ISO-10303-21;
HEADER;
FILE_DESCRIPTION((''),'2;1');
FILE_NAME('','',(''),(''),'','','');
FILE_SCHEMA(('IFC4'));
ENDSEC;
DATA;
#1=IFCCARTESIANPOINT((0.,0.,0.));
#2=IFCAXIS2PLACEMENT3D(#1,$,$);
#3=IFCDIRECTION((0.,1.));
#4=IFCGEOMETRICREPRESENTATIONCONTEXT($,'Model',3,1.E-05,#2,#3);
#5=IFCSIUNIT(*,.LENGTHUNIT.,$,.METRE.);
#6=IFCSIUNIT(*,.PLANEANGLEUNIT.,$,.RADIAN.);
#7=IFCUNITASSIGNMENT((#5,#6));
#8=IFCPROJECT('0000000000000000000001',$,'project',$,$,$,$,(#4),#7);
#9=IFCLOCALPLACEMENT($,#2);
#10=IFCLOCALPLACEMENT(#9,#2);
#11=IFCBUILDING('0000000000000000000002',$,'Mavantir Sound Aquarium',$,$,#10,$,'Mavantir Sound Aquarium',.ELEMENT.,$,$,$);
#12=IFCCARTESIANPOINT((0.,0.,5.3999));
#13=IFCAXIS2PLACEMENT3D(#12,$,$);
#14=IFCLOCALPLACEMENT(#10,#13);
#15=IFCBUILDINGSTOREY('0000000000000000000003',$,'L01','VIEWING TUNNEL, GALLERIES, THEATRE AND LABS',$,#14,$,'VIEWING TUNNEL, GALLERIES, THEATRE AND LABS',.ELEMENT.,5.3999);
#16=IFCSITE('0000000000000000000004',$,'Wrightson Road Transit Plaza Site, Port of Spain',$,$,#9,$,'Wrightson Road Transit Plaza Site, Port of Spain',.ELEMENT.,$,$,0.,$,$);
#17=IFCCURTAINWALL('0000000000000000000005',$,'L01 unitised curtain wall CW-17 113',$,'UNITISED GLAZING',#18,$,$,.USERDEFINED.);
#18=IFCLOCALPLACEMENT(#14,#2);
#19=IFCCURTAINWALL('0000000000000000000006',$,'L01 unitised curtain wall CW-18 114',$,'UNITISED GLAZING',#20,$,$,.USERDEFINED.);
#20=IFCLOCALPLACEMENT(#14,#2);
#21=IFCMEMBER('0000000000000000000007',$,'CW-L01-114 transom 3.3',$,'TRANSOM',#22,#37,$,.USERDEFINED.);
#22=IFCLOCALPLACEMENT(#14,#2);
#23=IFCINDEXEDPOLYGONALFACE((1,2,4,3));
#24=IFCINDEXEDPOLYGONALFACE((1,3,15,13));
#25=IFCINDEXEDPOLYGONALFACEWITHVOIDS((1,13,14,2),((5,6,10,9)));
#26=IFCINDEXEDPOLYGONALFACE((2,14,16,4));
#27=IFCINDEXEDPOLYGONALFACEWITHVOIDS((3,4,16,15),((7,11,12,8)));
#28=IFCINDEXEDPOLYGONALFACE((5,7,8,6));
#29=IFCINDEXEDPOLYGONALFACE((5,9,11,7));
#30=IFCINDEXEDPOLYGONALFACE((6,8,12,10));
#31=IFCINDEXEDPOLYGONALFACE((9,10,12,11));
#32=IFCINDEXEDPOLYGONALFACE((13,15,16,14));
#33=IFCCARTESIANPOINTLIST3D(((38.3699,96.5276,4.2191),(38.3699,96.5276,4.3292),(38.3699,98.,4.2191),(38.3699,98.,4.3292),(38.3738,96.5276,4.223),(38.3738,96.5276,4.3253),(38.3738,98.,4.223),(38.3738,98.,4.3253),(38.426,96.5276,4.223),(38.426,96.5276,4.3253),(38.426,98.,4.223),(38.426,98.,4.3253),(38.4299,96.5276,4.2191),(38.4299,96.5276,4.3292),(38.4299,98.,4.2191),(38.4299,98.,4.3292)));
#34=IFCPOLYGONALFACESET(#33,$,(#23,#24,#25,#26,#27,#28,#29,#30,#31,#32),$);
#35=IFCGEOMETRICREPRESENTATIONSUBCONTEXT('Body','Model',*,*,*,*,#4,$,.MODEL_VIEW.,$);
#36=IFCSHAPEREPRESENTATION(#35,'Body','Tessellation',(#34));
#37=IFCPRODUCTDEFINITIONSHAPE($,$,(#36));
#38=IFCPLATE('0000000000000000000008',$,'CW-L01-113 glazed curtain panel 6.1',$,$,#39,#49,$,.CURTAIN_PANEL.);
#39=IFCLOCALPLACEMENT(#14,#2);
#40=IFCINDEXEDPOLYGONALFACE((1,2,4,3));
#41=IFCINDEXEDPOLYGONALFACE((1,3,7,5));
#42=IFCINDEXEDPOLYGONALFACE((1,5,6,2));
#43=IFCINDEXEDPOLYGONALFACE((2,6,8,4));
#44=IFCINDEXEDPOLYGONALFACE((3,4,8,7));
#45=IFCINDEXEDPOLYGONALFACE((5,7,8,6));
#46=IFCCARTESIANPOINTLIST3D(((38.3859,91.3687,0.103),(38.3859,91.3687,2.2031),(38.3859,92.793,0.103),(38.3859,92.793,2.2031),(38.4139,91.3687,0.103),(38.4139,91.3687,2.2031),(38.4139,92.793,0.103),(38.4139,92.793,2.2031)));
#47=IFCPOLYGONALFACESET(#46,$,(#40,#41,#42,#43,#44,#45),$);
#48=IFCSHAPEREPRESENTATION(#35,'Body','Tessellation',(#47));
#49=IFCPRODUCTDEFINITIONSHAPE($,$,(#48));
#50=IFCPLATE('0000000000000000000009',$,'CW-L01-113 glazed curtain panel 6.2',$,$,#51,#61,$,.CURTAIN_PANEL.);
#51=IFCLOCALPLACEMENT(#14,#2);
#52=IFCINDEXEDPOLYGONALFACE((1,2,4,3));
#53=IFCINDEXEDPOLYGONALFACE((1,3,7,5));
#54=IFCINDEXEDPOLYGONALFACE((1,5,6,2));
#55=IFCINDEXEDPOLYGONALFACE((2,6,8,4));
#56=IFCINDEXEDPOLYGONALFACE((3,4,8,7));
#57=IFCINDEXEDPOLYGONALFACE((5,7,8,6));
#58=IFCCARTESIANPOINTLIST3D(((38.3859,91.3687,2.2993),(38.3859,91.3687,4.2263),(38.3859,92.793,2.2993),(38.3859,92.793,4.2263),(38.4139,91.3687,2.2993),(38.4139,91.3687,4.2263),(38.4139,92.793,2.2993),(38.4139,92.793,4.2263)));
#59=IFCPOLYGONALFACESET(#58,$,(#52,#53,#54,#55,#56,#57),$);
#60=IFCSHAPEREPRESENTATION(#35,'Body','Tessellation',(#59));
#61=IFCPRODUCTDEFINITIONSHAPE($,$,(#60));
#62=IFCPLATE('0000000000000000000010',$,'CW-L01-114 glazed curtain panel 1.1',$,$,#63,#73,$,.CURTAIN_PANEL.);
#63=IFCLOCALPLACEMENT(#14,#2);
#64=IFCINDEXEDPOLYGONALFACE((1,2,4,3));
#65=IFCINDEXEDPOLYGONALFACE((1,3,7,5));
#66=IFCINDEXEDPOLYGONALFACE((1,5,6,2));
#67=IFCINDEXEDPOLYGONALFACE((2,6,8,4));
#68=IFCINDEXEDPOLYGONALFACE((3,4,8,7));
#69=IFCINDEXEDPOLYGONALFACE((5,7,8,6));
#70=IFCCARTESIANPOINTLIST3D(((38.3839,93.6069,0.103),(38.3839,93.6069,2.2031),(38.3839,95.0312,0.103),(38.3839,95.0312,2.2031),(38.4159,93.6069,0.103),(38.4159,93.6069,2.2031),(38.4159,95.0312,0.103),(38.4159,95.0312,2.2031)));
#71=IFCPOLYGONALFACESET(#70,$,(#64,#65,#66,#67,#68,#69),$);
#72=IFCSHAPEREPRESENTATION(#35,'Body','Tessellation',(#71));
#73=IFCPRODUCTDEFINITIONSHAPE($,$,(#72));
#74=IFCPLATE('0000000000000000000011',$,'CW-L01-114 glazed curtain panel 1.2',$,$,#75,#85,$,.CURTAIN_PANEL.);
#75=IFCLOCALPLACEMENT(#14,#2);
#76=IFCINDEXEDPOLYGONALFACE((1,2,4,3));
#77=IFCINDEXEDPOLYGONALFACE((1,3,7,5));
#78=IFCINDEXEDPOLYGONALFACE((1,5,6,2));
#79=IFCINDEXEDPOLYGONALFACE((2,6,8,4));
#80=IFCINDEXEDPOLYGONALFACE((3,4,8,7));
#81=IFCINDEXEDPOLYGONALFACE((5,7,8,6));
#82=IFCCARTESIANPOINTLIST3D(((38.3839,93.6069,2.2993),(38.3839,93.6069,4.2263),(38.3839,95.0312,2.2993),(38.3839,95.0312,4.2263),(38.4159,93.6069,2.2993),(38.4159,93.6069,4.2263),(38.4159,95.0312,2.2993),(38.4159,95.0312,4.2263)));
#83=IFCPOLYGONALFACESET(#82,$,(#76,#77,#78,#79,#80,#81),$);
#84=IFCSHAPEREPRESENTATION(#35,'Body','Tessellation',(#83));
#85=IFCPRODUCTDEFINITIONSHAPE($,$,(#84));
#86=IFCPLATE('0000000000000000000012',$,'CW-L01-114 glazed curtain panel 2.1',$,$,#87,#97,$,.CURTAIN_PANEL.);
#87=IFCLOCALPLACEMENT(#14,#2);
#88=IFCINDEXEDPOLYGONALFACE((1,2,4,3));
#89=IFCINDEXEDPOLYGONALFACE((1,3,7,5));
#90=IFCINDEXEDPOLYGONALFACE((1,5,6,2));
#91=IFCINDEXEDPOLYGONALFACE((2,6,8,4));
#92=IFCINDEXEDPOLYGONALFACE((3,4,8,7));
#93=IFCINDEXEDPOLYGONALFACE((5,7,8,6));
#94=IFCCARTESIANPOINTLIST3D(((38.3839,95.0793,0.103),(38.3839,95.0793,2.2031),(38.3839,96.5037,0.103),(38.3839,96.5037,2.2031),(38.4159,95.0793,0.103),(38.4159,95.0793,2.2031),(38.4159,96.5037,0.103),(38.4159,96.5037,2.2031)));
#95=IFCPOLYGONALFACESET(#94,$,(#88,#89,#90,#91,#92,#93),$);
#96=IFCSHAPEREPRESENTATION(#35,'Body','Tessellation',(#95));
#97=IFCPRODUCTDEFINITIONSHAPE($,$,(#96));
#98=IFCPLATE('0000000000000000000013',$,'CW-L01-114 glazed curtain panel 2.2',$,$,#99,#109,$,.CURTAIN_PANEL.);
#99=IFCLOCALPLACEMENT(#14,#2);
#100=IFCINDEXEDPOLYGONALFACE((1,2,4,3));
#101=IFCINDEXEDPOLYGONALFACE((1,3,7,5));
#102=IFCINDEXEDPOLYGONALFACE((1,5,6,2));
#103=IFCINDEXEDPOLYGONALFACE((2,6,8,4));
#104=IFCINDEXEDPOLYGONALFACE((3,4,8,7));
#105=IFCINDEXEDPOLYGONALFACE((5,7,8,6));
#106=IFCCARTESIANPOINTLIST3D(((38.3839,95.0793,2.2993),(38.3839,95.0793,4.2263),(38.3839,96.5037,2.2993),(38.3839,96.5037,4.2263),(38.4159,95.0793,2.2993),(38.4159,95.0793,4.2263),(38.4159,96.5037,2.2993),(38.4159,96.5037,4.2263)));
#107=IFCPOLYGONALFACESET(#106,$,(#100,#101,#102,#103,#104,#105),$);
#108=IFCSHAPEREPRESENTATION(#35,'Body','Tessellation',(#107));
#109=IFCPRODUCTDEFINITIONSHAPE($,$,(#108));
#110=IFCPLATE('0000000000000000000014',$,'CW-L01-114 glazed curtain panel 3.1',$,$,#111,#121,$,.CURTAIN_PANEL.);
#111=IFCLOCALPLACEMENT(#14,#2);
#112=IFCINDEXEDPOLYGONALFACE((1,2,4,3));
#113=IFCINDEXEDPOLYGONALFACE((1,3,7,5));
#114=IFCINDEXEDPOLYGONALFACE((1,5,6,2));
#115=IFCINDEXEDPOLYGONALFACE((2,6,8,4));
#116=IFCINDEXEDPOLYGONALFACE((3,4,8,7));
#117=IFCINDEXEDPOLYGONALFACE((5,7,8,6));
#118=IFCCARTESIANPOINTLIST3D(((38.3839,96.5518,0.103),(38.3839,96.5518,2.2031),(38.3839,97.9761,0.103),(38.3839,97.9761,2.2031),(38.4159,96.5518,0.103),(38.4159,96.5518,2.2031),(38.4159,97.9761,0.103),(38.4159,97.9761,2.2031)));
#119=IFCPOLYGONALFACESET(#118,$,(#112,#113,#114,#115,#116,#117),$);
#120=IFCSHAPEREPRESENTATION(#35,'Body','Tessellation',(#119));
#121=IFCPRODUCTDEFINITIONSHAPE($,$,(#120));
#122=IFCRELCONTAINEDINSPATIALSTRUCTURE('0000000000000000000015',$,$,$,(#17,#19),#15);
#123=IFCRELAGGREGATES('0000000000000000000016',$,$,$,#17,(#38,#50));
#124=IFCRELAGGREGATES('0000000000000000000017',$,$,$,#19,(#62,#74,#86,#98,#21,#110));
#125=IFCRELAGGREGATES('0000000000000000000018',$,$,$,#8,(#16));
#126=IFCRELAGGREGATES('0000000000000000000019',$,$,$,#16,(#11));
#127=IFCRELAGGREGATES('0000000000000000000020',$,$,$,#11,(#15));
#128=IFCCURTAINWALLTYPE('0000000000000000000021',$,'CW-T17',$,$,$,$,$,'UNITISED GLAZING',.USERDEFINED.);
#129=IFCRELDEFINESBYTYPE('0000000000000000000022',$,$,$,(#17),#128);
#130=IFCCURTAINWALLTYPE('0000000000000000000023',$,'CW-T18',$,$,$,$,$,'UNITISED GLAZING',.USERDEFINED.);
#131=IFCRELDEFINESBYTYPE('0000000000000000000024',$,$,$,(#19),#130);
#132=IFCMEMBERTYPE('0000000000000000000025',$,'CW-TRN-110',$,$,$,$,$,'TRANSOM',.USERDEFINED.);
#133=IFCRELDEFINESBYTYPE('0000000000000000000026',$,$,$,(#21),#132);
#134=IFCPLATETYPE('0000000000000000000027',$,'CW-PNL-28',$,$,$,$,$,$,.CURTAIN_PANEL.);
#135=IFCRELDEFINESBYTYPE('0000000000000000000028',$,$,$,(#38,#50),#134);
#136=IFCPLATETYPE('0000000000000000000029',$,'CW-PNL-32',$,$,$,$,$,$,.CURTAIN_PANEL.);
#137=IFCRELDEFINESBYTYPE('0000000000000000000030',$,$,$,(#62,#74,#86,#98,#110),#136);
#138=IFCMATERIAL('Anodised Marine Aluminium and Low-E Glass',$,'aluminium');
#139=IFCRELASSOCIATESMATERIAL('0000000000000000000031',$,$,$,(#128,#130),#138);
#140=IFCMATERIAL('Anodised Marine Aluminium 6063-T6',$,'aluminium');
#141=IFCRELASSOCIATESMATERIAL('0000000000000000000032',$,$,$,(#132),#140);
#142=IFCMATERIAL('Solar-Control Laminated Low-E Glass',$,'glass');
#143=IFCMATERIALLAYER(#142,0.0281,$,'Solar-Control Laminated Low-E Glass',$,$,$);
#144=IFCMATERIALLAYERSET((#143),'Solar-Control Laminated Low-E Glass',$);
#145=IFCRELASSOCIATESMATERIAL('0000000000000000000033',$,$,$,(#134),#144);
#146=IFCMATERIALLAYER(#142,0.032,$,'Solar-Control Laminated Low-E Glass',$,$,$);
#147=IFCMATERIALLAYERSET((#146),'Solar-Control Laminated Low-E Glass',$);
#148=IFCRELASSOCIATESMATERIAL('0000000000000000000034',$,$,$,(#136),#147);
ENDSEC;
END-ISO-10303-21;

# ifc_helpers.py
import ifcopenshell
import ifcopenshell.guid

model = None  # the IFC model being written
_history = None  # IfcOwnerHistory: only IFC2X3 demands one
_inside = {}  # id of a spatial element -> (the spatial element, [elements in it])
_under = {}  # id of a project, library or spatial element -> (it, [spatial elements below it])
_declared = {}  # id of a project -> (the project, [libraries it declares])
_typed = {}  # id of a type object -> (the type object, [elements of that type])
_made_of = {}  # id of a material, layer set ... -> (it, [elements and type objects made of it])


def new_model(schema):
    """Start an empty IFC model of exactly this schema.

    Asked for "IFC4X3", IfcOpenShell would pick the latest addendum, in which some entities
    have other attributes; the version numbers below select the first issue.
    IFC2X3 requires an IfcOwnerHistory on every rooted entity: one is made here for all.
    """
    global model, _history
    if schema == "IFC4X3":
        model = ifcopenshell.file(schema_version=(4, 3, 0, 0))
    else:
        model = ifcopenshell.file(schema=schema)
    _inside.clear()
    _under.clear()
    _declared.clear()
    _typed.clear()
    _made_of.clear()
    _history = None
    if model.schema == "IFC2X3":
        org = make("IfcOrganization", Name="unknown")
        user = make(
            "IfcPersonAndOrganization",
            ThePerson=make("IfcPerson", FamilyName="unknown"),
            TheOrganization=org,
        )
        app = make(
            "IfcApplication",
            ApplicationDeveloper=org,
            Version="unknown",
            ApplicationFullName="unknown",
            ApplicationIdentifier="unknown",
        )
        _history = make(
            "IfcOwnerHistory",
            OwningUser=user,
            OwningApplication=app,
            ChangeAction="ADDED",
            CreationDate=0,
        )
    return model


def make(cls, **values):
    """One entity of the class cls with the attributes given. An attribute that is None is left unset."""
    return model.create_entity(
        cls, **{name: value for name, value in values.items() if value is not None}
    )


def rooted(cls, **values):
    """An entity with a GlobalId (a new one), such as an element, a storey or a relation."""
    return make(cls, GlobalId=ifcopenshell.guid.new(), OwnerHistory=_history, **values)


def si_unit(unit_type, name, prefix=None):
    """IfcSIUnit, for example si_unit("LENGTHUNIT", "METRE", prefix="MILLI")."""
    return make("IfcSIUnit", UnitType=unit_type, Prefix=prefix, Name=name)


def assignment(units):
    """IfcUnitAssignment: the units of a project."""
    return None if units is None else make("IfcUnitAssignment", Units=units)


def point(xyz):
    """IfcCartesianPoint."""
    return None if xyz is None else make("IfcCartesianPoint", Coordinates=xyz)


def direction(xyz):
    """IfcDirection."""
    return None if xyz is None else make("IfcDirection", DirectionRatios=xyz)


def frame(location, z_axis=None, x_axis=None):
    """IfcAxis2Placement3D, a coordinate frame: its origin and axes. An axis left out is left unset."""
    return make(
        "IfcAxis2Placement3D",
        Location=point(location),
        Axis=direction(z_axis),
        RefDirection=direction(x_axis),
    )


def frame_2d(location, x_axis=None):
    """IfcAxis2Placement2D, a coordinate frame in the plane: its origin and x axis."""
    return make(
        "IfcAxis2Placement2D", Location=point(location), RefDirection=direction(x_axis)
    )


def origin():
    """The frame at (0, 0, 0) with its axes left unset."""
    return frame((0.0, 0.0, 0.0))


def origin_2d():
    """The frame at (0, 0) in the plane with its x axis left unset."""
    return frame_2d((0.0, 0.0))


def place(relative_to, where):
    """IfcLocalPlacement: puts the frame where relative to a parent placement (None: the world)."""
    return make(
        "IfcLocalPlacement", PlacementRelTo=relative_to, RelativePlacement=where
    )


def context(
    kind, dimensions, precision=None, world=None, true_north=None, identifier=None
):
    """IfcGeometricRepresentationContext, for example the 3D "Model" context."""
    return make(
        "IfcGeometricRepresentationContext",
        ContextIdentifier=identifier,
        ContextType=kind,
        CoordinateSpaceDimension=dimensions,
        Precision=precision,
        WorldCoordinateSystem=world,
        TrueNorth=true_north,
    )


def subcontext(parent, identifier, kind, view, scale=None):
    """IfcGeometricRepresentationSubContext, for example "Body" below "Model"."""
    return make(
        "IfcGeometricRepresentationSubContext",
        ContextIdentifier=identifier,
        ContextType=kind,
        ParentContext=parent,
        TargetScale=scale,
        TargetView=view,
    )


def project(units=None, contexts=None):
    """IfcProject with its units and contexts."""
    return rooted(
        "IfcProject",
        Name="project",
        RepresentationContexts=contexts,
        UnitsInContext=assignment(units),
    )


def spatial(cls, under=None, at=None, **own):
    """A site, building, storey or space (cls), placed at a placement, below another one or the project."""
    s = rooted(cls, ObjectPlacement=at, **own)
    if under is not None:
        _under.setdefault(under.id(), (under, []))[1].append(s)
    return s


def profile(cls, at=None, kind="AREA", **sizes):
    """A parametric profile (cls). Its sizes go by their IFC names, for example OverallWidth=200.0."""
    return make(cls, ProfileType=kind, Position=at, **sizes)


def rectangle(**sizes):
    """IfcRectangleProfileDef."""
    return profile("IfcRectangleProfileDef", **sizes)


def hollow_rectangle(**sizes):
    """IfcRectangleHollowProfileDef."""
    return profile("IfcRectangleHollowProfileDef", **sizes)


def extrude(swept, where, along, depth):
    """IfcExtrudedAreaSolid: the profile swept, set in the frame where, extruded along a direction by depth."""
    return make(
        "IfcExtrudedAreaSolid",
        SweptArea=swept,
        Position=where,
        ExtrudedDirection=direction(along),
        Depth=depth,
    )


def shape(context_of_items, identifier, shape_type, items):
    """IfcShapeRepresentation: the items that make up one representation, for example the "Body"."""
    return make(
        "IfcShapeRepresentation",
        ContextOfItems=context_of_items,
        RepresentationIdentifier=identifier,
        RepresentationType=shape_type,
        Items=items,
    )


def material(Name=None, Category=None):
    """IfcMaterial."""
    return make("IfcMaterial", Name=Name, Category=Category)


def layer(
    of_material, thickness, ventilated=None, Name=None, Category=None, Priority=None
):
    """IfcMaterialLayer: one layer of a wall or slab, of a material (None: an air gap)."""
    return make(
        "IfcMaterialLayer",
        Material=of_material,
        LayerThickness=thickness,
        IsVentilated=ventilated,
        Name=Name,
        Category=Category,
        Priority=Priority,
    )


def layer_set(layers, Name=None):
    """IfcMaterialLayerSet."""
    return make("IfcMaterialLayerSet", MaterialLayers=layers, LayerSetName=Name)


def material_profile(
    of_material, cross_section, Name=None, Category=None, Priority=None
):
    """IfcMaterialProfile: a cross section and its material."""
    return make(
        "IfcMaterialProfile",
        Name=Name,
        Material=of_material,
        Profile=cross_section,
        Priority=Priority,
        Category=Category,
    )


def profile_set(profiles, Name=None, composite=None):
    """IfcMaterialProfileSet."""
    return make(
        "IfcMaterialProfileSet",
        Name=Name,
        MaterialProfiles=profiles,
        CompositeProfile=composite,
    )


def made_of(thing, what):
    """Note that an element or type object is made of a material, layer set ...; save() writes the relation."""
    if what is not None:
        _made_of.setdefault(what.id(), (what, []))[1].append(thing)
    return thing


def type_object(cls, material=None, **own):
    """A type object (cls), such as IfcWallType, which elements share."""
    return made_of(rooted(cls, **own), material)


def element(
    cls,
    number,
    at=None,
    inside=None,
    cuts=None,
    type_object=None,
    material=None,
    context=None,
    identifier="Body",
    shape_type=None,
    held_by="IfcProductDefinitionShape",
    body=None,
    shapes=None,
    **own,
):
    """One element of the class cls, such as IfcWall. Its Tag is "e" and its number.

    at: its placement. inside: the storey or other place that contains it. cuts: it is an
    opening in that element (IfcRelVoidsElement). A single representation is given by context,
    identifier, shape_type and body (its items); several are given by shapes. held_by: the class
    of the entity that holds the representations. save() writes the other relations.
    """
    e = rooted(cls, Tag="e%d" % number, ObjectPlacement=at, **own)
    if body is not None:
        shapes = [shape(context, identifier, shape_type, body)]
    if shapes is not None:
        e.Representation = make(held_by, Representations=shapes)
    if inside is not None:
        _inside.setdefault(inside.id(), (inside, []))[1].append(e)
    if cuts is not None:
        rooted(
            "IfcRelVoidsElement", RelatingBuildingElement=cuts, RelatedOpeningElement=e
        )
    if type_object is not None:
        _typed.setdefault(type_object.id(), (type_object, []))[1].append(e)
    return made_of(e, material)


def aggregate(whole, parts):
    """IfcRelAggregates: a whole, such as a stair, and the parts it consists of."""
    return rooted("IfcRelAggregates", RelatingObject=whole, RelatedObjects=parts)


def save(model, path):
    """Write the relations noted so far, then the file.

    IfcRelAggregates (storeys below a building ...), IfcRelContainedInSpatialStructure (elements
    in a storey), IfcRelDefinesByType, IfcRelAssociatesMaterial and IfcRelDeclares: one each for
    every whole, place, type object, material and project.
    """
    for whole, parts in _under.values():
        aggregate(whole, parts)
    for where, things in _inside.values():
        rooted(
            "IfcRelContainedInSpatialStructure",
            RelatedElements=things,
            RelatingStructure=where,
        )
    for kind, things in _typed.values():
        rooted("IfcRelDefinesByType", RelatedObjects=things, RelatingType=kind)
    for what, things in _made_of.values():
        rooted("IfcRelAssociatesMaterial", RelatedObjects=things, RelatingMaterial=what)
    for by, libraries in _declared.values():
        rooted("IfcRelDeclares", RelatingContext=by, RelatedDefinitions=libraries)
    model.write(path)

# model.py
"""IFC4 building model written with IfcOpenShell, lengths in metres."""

from ifc_helpers import new_model, si_unit, direction, frame, origin, origin_2d, place, context, subcontext, project, spatial, rectangle, hollow_rectangle, extrude, material, layer, layer_set, material_profile, profile_set, type_object, element, aggregate, save


model = new_model("IFC4")

# Units and contexts
model_context = context("Model", 3, precision=1e-05, world=origin(), true_north=direction((0.0, 1.0)))
body_context = subcontext(model_context, "Body", "Model", "MODEL_VIEW")
ifc_project = project(units=[si_unit("LENGTHUNIT", "METRE"), si_unit("PLANEANGLEUNIT", "RADIAN")], contexts=[model_context])

# Site, building, storey
site_placement = place(None, origin())
site = spatial("IfcSite", under=ifc_project, at=site_placement, Name="Wrightson Road Transit Plaza Site, Port of Spain", LongName="Wrightson Road Transit Plaza Site, Port of Spain", CompositionType="ELEMENT", RefElevation=0.0)
building_placement = place(site_placement, origin())
building = spatial("IfcBuilding", under=site, at=building_placement, Name="Mavantir Sound Aquarium", LongName="Mavantir Sound Aquarium", CompositionType="ELEMENT")
storey_placement = place(building_placement, frame((0.0, 0.0, 5.3999)))
storey = spatial("IfcBuildingStorey", under=building, at=storey_placement, Name="L01", Description="VIEWING TUNNEL, GALLERIES, THEATRE AND LABS", LongName="VIEWING TUNNEL, GALLERIES, THEATRE AND LABS", CompositionType="ELEMENT", Elevation=5.3999)

# Curtain walls
ifc_material_1 = material(Name="Anodised Marine Aluminium and Low-E Glass", Category="aluminium")
curtain_wall_type_1 = type_object("IfcCurtainWallType", Name="CW-T17", ElementType="UNITISED GLAZING", PredefinedType="USERDEFINED", material=ifc_material_1)
curtain_wall_1_placement = place(storey_placement, origin())
curtain_wall_1 = element("IfcCurtainWall", 1, at=curtain_wall_1_placement, inside=storey, type_object=curtain_wall_type_1, Name="L01 unitised curtain wall CW-17 113", ObjectType="UNITISED GLAZING", PredefinedType="USERDEFINED")
ifc_material_2 = material(Name="Anodised Marine Aluminium 6063-T6", Category="aluminium")
curtain_wall_type_2 = type_object("IfcCurtainWallType", Name="CW-T18", ElementType="UNITISED GLAZING", PredefinedType="USERDEFINED", material=ifc_material_1)
curtain_wall_2_placement = place(storey_placement, origin())
curtain_wall_2 = element("IfcCurtainWall", 2, at=curtain_wall_2_placement, inside=storey, type_object=curtain_wall_type_2, Name="L01 unitised curtain wall CW-18 114", ObjectType="UNITISED GLAZING", PredefinedType="USERDEFINED")

# Member
ifc_material_profile_1 = material_profile(ifc_material_2, hollow_rectangle(XDim=0.0601, YDim=0.1101, WallThickness=0.0039, at=origin_2d()), Name="ALU-TRANSOM-110X60")
ifc_profile_set_1 = profile_set([ifc_material_profile_1], Name="Anodised Marine Aluminium 6063-T6")
member_type_1 = type_object("IfcMemberType", Name="CW-TRN-110", ElementType="TRANSOM", PredefinedType="USERDEFINED", material=ifc_profile_set_1)
member_1_placement = place(storey_placement, frame((38.3999, 96.5276, 4.2742), z_axis=(0.0, 1.0, 0.0), x_axis=(-1.0, 0.0, 0.0)))
member_1 = element("IfcMember", 3, at=member_1_placement, type_object=member_type_1, Name="CW-L01-114 transom 3.3", ObjectType="TRANSOM", PredefinedType="USERDEFINED", context=body_context, shape_type="SweptSolid", body=[
    extrude(hollow_rectangle(XDim=0.0601, YDim=0.1101, WallThickness=0.0039, at=origin_2d()), origin(), (0.0, 0.0, 1.0), 1.4724),
])

# Plates
ifc_material_3 = material(Name="Solar-Control Laminated Low-E Glass", Category="glass")
ifc_layer_1 = layer(ifc_material_3, 0.0281, Name="Solar-Control Laminated Low-E Glass")
ifc_layer_set_1 = layer_set([ifc_layer_1], Name="Solar-Control Laminated Low-E Glass")
plate_type_1 = type_object("IfcPlateType", Name="CW-PNL-28", PredefinedType="CURTAIN_PANEL", material=ifc_layer_set_1)
plate_1_placement = place(storey_placement, frame((38.3999, 92.0808, 0.103), z_axis=(0.0, 0.0, 1.0), x_axis=(0.0, 1.0, 0.0)))
plate_1 = element("IfcPlate", 4, at=plate_1_placement, type_object=plate_type_1, Name="CW-L01-113 glazed curtain panel 6.1", PredefinedType="CURTAIN_PANEL", context=body_context, shape_type="SweptSolid", body=[
    extrude(rectangle(XDim=1.4243, YDim=0.0281, at=origin_2d()), origin(), (0.0, 0.0, 1.0), 2.1001),
])
plate_2_placement = place(storey_placement, frame((38.3999, 92.0808, 2.2993), z_axis=(0.0, 0.0, 1.0), x_axis=(0.0, 1.0, 0.0)))
plate_2 = element("IfcPlate", 5, at=plate_2_placement, type_object=plate_type_1, Name="CW-L01-113 glazed curtain panel 6.2", PredefinedType="CURTAIN_PANEL", context=body_context, shape_type="SweptSolid", body=[
    extrude(rectangle(XDim=1.4243, YDim=0.0281, at=origin_2d()), origin(), (0.0, 0.0, 1.0), 1.927),
])
aggregate(curtain_wall_1, [plate_1, plate_2])
ifc_layer_2 = layer(ifc_material_3, 0.032, Name="Solar-Control Laminated Low-E Glass")
ifc_layer_set_2 = layer_set([ifc_layer_2], Name="Solar-Control Laminated Low-E Glass")
plate_type_2 = type_object("IfcPlateType", Name="CW-PNL-32", PredefinedType="CURTAIN_PANEL", material=ifc_layer_set_2)
plate_3_placement = place(storey_placement, frame((38.3999, 94.3191, 0.103), z_axis=(0.0, 0.0, 1.0), x_axis=(0.0, 1.0, 0.0)))
plate_3 = element("IfcPlate", 6, at=plate_3_placement, type_object=plate_type_2, Name="CW-L01-114 glazed curtain panel 1.1", PredefinedType="CURTAIN_PANEL", context=body_context, shape_type="SweptSolid", body=[
    extrude(rectangle(XDim=1.4243, YDim=0.032, at=origin_2d()), origin(), (0.0, 0.0, 1.0), 2.1001),
])
plate_4_placement = place(storey_placement, frame((38.3999, 94.3191, 2.2993), z_axis=(0.0, 0.0, 1.0), x_axis=(0.0, 1.0, 0.0)))
plate_4 = element("IfcPlate", 7, at=plate_4_placement, type_object=plate_type_2, Name="CW-L01-114 glazed curtain panel 1.2", PredefinedType="CURTAIN_PANEL", context=body_context, shape_type="SweptSolid", body=[
    extrude(rectangle(XDim=1.4243, YDim=0.032, at=origin_2d()), origin(), (0.0, 0.0, 1.0), 1.927),
])
plate_5_placement = place(storey_placement, frame((38.3999, 95.7915, 0.103), z_axis=(0.0, 0.0, 1.0), x_axis=(0.0, 1.0, 0.0)))
plate_5 = element("IfcPlate", 8, at=plate_5_placement, type_object=plate_type_2, Name="CW-L01-114 glazed curtain panel 2.1", PredefinedType="CURTAIN_PANEL", context=body_context, shape_type="SweptSolid", body=[
    extrude(rectangle(XDim=1.4243, YDim=0.032, at=origin_2d()), origin(), (0.0, 0.0, 1.0), 2.1001),
])
plate_6_placement = place(storey_placement, frame((38.3999, 95.7915, 2.2993), z_axis=(0.0, 0.0, 1.0), x_axis=(0.0, 1.0, 0.0)))
plate_6 = element("IfcPlate", 9, at=plate_6_placement, type_object=plate_type_2, Name="CW-L01-114 glazed curtain panel 2.2", PredefinedType="CURTAIN_PANEL", context=body_context, shape_type="SweptSolid", body=[
    extrude(rectangle(XDim=1.4243, YDim=0.032, at=origin_2d()), origin(), (0.0, 0.0, 1.0), 1.927),
])
plate_7_placement = place(storey_placement, frame((38.3999, 97.2639, 0.103), z_axis=(0.0, 0.0, 1.0), x_axis=(0.0, 1.0, 0.0)))
plate_7 = element("IfcPlate", 10, at=plate_7_placement, type_object=plate_type_2, Name="CW-L01-114 glazed curtain panel 3.1", PredefinedType="CURTAIN_PANEL", context=body_context, shape_type="SweptSolid", body=[
    extrude(rectangle(XDim=1.4243, YDim=0.032, at=origin_2d()), origin(), (0.0, 0.0, 1.0), 2.1001),
])
aggregate(curtain_wall_2, [plate_3, plate_4, plate_5, plate_6, member_1, plate_7])

save(model, "model.ifc")
